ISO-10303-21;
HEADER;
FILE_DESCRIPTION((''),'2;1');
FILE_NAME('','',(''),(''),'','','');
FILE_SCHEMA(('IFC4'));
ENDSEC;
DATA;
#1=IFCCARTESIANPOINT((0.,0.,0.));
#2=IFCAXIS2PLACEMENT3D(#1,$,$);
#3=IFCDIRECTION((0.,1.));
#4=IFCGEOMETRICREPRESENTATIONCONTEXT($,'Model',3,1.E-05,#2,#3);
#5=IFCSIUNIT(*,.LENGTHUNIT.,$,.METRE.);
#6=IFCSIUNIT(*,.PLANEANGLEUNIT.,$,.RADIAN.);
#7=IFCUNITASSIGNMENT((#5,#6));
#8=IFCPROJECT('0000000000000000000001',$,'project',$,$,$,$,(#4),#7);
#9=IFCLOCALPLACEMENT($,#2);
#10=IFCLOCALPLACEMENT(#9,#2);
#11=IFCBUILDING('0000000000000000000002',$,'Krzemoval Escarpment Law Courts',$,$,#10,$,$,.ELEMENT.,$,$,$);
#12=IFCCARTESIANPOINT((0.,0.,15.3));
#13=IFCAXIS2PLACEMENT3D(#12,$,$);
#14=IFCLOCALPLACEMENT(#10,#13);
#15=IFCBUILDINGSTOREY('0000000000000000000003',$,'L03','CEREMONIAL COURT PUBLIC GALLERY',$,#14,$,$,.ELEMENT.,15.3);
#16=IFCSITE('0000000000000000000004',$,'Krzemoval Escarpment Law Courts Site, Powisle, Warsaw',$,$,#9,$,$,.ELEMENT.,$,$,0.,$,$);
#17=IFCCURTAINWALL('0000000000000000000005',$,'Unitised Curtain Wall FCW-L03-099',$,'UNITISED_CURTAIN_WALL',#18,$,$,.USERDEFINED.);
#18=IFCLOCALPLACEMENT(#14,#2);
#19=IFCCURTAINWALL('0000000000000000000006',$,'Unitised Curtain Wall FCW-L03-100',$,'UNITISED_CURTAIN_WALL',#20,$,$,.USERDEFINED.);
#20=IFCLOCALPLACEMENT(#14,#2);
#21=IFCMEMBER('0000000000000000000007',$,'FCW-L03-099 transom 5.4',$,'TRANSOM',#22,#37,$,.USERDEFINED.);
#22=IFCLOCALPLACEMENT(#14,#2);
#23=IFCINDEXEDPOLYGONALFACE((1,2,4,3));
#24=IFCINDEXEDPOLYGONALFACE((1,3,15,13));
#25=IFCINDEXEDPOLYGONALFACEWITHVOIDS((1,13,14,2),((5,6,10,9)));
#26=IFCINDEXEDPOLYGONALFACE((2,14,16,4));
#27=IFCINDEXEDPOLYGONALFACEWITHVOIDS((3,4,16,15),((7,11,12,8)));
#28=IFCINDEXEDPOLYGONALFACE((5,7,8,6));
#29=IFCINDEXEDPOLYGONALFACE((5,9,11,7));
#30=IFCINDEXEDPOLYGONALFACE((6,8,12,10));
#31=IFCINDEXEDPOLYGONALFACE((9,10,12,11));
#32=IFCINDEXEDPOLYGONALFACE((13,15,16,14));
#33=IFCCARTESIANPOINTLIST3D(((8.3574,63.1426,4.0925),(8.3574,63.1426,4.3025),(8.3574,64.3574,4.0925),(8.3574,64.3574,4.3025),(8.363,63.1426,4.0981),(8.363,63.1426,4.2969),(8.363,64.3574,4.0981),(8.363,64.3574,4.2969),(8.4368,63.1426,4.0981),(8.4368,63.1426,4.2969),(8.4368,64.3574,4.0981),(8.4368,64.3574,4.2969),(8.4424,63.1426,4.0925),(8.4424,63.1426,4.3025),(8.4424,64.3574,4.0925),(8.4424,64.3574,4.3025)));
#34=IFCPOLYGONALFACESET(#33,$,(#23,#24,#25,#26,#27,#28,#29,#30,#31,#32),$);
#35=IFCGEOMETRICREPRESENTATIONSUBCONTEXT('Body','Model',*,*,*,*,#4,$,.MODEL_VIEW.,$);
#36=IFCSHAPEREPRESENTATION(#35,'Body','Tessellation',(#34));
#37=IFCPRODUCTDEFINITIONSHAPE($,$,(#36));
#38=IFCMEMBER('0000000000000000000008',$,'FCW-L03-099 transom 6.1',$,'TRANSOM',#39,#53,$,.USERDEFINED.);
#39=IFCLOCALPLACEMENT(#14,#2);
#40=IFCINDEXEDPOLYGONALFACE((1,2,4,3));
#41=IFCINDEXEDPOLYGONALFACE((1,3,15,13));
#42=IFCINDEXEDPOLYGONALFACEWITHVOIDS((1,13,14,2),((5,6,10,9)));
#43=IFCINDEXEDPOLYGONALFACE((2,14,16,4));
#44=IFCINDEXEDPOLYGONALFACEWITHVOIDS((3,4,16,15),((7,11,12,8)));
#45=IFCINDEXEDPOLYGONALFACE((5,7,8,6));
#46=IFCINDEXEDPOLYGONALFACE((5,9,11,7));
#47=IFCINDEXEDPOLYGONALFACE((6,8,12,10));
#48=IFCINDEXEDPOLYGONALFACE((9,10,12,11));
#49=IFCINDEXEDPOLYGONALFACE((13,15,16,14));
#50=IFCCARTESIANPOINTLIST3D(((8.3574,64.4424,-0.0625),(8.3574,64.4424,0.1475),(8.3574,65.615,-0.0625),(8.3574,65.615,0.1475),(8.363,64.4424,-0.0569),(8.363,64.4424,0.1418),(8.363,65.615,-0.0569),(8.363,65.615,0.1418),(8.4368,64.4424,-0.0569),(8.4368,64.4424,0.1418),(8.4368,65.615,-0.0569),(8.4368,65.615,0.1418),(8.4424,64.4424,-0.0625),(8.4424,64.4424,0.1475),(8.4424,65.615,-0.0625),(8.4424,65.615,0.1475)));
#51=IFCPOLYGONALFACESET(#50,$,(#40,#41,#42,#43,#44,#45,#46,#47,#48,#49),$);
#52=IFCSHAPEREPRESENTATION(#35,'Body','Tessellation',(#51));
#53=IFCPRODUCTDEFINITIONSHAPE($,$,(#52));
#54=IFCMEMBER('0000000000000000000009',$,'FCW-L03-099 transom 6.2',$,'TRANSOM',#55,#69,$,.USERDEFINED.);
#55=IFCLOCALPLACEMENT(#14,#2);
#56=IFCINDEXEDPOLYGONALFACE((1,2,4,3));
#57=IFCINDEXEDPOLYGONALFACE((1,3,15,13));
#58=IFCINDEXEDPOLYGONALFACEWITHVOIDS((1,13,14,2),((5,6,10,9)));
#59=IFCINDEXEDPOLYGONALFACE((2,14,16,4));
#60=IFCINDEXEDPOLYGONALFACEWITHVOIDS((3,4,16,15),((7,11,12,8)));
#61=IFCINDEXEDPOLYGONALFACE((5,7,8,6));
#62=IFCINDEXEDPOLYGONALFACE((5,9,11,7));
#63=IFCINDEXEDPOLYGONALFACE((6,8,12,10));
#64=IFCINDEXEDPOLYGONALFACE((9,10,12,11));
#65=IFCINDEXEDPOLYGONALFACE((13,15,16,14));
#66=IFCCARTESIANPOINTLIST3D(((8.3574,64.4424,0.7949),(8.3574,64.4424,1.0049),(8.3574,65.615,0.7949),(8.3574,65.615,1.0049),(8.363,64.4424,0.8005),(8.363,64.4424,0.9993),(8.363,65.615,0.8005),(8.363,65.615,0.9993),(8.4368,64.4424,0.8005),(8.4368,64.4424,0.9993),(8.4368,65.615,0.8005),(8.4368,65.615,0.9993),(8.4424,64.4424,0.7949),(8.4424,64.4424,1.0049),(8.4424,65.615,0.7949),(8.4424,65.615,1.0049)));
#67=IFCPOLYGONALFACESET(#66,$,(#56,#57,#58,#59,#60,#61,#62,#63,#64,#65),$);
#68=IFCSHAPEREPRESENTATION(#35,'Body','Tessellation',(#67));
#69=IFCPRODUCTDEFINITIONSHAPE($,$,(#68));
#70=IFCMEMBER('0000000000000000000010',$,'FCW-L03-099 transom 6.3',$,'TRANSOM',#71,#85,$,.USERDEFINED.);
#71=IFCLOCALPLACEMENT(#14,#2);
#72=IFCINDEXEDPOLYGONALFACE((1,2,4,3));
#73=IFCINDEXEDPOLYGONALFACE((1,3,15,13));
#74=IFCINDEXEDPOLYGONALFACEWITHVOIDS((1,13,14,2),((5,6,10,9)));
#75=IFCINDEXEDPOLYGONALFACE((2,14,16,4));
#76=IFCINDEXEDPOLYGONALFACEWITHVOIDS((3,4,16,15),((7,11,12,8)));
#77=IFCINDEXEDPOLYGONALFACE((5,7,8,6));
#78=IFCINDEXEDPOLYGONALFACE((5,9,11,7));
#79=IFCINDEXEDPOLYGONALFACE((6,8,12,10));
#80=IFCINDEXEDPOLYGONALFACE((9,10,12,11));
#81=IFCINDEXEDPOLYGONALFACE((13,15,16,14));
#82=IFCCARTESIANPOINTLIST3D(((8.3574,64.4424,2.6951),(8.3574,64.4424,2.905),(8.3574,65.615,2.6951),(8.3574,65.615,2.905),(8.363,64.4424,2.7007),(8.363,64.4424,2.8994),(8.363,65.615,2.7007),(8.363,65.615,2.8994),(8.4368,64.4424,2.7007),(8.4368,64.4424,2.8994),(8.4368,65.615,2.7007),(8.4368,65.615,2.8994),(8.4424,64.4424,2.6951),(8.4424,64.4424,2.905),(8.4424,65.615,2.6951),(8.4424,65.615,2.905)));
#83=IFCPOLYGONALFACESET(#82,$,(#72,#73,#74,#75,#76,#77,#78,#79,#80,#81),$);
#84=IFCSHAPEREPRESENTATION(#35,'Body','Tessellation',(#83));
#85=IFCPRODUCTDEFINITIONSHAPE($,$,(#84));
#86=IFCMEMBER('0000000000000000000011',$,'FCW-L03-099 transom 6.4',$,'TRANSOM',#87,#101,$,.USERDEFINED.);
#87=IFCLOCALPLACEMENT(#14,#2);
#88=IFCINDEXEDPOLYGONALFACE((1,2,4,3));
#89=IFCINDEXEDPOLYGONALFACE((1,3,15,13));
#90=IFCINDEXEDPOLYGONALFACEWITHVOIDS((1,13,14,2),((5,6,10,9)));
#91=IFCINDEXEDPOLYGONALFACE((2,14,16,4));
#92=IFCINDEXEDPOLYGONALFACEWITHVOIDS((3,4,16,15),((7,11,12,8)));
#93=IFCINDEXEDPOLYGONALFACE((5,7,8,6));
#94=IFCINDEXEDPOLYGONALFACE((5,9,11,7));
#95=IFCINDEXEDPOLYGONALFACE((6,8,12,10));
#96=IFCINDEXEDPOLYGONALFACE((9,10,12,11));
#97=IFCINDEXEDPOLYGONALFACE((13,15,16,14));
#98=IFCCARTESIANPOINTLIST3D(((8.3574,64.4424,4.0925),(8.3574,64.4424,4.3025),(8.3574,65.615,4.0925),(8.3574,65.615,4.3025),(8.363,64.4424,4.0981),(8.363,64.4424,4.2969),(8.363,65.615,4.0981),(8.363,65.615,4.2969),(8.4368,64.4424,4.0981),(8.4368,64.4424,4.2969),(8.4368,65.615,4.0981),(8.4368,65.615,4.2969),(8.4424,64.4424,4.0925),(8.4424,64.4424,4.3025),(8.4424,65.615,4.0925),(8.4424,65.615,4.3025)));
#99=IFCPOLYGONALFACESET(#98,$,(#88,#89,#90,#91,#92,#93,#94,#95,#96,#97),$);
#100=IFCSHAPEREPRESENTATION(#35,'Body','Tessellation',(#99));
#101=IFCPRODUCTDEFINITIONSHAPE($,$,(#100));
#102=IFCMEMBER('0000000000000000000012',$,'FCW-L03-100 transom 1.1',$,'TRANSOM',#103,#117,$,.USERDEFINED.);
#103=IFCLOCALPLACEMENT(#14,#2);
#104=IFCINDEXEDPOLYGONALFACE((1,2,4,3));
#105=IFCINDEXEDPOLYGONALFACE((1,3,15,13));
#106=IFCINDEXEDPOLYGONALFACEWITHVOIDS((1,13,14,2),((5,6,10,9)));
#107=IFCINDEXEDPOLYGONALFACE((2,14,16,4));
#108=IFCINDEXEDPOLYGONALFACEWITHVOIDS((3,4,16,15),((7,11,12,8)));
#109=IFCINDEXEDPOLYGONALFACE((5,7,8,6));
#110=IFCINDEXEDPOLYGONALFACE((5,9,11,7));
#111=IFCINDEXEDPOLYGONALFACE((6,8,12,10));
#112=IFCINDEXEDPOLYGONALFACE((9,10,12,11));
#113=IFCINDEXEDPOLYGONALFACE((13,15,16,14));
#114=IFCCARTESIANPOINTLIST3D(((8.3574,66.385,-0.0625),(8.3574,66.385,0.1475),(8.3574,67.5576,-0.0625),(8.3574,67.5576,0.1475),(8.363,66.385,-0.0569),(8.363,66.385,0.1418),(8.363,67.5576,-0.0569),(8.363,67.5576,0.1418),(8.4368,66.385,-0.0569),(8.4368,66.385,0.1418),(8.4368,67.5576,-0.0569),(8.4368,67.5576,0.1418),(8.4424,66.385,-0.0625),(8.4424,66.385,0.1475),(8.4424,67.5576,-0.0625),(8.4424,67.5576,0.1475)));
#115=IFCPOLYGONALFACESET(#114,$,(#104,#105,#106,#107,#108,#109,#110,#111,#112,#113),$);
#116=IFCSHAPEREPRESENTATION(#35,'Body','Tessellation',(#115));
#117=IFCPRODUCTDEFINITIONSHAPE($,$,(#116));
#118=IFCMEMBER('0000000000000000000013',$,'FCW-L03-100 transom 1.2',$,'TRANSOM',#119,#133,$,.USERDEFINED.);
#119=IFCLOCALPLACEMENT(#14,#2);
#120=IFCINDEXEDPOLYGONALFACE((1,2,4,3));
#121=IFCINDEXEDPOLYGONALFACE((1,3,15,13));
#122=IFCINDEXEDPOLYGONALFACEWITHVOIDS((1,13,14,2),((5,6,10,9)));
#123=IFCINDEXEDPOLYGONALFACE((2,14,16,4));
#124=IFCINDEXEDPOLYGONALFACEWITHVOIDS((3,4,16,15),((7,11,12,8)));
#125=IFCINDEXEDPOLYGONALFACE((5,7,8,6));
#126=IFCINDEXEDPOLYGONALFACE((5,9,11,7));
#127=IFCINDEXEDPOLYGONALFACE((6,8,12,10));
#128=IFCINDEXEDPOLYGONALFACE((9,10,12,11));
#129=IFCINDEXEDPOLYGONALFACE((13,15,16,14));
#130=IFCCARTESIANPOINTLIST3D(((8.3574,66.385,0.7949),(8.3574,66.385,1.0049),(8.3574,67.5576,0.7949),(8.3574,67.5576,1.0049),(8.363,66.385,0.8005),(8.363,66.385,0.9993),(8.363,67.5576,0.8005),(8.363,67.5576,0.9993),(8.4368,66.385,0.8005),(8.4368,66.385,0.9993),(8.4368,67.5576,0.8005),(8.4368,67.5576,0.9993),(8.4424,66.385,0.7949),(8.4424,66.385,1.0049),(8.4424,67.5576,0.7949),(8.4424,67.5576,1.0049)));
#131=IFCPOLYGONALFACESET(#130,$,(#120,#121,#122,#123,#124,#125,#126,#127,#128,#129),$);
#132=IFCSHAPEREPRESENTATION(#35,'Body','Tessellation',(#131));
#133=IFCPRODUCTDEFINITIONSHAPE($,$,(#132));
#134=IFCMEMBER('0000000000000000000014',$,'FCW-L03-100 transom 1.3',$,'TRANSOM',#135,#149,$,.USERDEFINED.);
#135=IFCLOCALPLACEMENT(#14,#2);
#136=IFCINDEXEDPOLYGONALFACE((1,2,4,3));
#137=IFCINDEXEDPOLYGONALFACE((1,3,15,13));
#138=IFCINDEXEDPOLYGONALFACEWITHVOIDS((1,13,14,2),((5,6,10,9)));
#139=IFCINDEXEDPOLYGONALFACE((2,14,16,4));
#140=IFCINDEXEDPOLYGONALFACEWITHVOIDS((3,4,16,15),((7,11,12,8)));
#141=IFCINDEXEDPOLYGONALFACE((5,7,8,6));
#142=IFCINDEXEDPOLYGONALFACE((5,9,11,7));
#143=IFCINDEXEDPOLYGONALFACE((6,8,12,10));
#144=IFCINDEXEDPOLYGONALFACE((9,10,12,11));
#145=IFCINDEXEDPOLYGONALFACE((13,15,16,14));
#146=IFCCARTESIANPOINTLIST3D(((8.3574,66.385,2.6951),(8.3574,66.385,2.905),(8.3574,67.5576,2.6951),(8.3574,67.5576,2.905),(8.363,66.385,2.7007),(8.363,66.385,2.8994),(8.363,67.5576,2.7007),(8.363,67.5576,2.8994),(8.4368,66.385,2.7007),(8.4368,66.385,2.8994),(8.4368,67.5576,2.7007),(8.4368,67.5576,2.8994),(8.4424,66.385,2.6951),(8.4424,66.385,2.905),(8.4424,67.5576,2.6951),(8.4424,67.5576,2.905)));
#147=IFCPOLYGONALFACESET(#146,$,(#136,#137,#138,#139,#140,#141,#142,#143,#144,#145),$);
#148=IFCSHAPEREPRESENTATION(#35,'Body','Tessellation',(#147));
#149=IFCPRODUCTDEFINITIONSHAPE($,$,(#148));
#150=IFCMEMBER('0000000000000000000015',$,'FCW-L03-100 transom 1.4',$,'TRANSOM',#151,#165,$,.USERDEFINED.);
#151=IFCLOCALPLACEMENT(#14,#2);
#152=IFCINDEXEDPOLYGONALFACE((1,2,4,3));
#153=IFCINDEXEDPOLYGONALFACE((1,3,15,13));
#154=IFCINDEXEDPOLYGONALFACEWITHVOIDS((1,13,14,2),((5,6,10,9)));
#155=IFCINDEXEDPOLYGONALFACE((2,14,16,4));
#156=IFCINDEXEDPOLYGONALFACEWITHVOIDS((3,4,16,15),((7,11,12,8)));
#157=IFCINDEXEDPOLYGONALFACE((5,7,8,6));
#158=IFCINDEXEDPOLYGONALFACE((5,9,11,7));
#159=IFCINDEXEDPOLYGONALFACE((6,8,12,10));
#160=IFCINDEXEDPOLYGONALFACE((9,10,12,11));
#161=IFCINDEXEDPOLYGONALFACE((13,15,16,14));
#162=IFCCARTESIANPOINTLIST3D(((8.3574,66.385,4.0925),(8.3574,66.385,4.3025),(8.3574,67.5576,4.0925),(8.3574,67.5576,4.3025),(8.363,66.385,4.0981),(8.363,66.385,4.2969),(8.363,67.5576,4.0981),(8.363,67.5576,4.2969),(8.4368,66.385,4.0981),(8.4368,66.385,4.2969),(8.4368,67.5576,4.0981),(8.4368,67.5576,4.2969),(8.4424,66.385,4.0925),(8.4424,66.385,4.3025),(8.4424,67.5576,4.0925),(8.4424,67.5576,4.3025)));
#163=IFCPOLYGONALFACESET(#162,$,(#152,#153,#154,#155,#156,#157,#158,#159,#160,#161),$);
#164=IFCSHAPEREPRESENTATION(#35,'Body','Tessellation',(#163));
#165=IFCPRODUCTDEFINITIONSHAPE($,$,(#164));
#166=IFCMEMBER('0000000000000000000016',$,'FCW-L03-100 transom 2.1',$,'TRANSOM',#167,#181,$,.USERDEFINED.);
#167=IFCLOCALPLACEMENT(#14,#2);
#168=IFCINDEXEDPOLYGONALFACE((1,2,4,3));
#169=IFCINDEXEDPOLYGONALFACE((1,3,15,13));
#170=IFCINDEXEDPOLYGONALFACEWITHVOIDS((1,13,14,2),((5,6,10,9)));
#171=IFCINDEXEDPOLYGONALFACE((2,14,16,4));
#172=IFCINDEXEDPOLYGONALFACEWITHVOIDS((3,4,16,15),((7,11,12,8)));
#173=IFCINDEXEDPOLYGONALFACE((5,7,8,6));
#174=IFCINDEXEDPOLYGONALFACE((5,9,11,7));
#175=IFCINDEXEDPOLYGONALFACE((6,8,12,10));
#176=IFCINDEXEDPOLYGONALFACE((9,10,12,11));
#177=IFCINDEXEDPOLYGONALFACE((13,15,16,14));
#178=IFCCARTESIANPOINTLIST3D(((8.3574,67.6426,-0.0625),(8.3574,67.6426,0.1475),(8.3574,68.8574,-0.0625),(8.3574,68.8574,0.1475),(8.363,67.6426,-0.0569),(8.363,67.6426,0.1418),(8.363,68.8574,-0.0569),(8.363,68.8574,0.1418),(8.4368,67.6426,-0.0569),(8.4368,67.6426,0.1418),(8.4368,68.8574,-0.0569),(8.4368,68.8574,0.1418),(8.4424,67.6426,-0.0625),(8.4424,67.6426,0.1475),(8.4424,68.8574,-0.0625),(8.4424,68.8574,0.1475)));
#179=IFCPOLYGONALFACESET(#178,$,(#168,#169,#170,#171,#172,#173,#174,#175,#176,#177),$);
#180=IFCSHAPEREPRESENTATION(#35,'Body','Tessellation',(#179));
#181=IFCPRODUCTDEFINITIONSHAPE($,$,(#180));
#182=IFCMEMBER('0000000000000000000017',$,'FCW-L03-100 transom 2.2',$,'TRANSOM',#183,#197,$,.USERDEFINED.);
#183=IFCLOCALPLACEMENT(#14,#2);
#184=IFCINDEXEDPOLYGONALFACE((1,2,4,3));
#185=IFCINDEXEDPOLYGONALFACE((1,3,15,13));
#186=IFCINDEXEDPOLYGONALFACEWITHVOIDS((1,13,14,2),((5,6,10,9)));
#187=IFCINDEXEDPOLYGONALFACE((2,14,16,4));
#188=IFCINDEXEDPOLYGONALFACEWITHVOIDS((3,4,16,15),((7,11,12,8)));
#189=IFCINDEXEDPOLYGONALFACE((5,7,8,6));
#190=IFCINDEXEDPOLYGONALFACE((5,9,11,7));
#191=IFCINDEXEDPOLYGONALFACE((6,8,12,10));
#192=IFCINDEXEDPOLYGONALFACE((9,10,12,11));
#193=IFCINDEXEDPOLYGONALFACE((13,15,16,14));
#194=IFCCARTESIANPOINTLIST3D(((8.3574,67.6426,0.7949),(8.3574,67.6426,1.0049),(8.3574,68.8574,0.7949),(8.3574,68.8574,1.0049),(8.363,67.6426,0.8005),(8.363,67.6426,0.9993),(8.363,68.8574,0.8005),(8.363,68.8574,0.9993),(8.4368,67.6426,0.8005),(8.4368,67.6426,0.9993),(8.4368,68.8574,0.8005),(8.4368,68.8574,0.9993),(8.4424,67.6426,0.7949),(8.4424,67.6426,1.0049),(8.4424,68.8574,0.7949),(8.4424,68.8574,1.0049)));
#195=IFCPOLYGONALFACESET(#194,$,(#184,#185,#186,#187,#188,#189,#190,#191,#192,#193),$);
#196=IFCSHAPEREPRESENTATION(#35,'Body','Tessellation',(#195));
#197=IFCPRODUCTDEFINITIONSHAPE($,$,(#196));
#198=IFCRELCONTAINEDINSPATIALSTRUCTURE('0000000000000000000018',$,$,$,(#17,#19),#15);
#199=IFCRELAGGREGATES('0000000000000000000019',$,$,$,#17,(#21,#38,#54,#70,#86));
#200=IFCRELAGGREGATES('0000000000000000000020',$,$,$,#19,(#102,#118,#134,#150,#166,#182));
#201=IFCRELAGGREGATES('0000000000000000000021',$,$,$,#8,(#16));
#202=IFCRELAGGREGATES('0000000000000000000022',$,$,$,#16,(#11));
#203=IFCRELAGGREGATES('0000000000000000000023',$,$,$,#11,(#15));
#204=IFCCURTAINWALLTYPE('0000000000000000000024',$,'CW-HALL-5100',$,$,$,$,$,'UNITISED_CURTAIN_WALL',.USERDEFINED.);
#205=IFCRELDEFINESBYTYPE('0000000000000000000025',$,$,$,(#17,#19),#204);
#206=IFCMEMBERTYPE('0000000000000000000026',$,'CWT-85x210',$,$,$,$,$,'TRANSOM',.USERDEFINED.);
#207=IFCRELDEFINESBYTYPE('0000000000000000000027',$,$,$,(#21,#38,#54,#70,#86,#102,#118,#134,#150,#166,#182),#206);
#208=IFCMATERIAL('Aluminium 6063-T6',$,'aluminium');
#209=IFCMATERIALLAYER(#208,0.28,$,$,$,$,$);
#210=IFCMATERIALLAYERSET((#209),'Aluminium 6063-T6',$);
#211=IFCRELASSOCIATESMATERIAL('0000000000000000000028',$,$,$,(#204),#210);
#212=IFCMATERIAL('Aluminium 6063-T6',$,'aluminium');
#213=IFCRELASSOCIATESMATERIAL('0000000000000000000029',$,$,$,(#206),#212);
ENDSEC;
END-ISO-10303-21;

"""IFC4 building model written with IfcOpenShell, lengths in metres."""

from ifc_helpers import new_model, si_unit, direction, frame, origin, origin_2d, place, context, subcontext, project, spatial, hollow_rectangle, extrude, material, layer, layer_set, material_profile, profile_set, type_object, element, aggregate, save


model = new_model("IFC4")

# Units and contexts
model_context = context("Model", 3, precision=1e-05, world=origin(), true_north=direction((0.0, 1.0)))
body_context = subcontext(model_context, "Body", "Model", "MODEL_VIEW")
ifc_project = project(units=[si_unit("LENGTHUNIT", "METRE"), si_unit("PLANEANGLEUNIT", "RADIAN")], contexts=[model_context])

# Site, building, storey
site_placement = place(None, origin())
site = spatial("IfcSite", under=ifc_project, at=site_placement, Name="Krzemoval Escarpment Law Courts Site, Powisle, Warsaw", CompositionType="ELEMENT", RefElevation=0.0)
building_placement = place(site_placement, origin())
building = spatial("IfcBuilding", under=site, at=building_placement, Name="Krzemoval Escarpment Law Courts", CompositionType="ELEMENT")
storey_placement = place(building_placement, frame((0.0, 0.0, 15.3)))
storey = spatial("IfcBuildingStorey", under=building, at=storey_placement, Name="L03", Description="CEREMONIAL COURT PUBLIC GALLERY", CompositionType="ELEMENT", Elevation=15.3)

# Curtain walls
ifc_material_1 = material(Name="Aluminium 6063-T6", Category="aluminium")
ifc_layer_1 = layer(ifc_material_1, 0.28)
ifc_layer_set_1 = layer_set([ifc_layer_1], Name="Aluminium 6063-T6")
curtain_wall_type = type_object("IfcCurtainWallType", Name="CW-HALL-5100", ElementType="UNITISED_CURTAIN_WALL", PredefinedType="USERDEFINED", material=ifc_layer_set_1)
curtain_wall_1_placement = place(storey_placement, origin())
curtain_wall_1 = element("IfcCurtainWall", 1, at=curtain_wall_1_placement, inside=storey, type_object=curtain_wall_type, Name="Unitised Curtain Wall FCW-L03-099", ObjectType="UNITISED_CURTAIN_WALL", PredefinedType="USERDEFINED")
curtain_wall_2_placement = place(storey_placement, origin())
curtain_wall_2 = element("IfcCurtainWall", 2, at=curtain_wall_2_placement, inside=storey, type_object=curtain_wall_type, Name="Unitised Curtain Wall FCW-L03-100", ObjectType="UNITISED_CURTAIN_WALL", PredefinedType="USERDEFINED")

# Members
ifc_material_2 = material(Name="Aluminium 6063-T6", Category="aluminium")
ifc_material_profile_1 = material_profile(ifc_material_2, hollow_rectangle(XDim=0.085, YDim=0.21, WallThickness=0.0056, at=origin_2d()), Name="ALU T85x210")
ifc_profile_set_1 = profile_set([ifc_material_profile_1], Name="Aluminium 6063-T6")
member_type_1 = type_object("IfcMemberType", Name="CWT-85x210", ElementType="TRANSOM", PredefinedType="USERDEFINED", material=ifc_profile_set_1)
member_1_placement = place(storey_placement, frame((8.3999, 63.1426, 4.1975), z_axis=(0.0, 1.0, 0.0), x_axis=(-1.0, 0.0, 0.0)))
member_1 = element("IfcMember", 3, at=member_1_placement, type_object=member_type_1, Name="FCW-L03-099 transom 5.4", ObjectType="TRANSOM", PredefinedType="USERDEFINED", context=body_context, shape_type="SweptSolid", body=[
    extrude(hollow_rectangle(XDim=0.085, YDim=0.21, WallThickness=0.0056, at=origin_2d()), origin(), (0.0, 0.0, 1.0), 1.2148),
])
member_2_placement = place(storey_placement, frame((8.3999, 64.4424, 0.0425), z_axis=(0.0, 1.0, 0.0), x_axis=(-1.0, 0.0, 0.0)))
member_2 = element("IfcMember", 4, at=member_2_placement, type_object=member_type_1, Name="FCW-L03-099 transom 6.1", ObjectType="TRANSOM", PredefinedType="USERDEFINED", context=body_context, shape_type="SweptSolid", body=[
    extrude(hollow_rectangle(XDim=0.085, YDim=0.21, WallThickness=0.0056, at=origin_2d()), origin(), (0.0, 0.0, 1.0), 1.1726),
])
member_3_placement = place(storey_placement, frame((8.3999, 64.4424, 0.8999), z_axis=(0.0, 1.0, 0.0), x_axis=(-1.0, 0.0, 0.0)))
member_3 = element("IfcMember", 5, at=member_3_placement, type_object=member_type_1, Name="FCW-L03-099 transom 6.2", ObjectType="TRANSOM", PredefinedType="USERDEFINED", context=body_context, shape_type="SweptSolid", body=[
    extrude(hollow_rectangle(XDim=0.085, YDim=0.21, WallThickness=0.0056, at=origin_2d()), origin(), (0.0, 0.0, 1.0), 1.1726),
])
member_4_placement = place(storey_placement, frame((8.3999, 64.4424, 2.8), z_axis=(0.0, 1.0, 0.0), x_axis=(-1.0, 0.0, 0.0)))
member_4 = element("IfcMember", 6, at=member_4_placement, type_object=member_type_1, Name="FCW-L03-099 transom 6.3", ObjectType="TRANSOM", PredefinedType="USERDEFINED", context=body_context, shape_type="SweptSolid", body=[
    extrude(hollow_rectangle(XDim=0.085, YDim=0.21, WallThickness=0.0056, at=origin_2d()), origin(), (0.0, 0.0, 1.0), 1.1726),
])
member_5_placement = place(storey_placement, frame((8.3999, 64.4424, 4.1975), z_axis=(0.0, 1.0, 0.0), x_axis=(-1.0, 0.0, 0.0)))
member_5 = element("IfcMember", 7, at=member_5_placement, type_object=member_type_1, Name="FCW-L03-099 transom 6.4", ObjectType="TRANSOM", PredefinedType="USERDEFINED", context=body_context, shape_type="SweptSolid", body=[
    extrude(hollow_rectangle(XDim=0.085, YDim=0.21, WallThickness=0.0056, at=origin_2d()), origin(), (0.0, 0.0, 1.0), 1.1726),
])
member_6_placement = place(storey_placement, frame((8.3999, 66.385, 0.0425), z_axis=(0.0, 1.0, 0.0), x_axis=(-1.0, 0.0, 0.0)))
member_6 = element("IfcMember", 8, at=member_6_placement, type_object=member_type_1, Name="FCW-L03-100 transom 1.1", ObjectType="TRANSOM", PredefinedType="USERDEFINED", context=body_context, shape_type="SweptSolid", body=[
    extrude(hollow_rectangle(XDim=0.085, YDim=0.21, WallThickness=0.0056, at=origin_2d()), origin(), (0.0, 0.0, 1.0), 1.1726),
])
member_7_placement = place(storey_placement, frame((8.3999, 66.385, 0.8999), z_axis=(0.0, 1.0, 0.0), x_axis=(-1.0, 0.0, 0.0)))
member_7 = element("IfcMember", 9, at=member_7_placement, type_object=member_type_1, Name="FCW-L03-100 transom 1.2", ObjectType="TRANSOM", PredefinedType="USERDEFINED", context=body_context, shape_type="SweptSolid", body=[
    extrude(hollow_rectangle(XDim=0.085, YDim=0.21, WallThickness=0.0056, at=origin_2d()), origin(), (0.0, 0.0, 1.0), 1.1726),
])
member_8_placement = place(storey_placement, frame((8.3999, 66.385, 2.8), z_axis=(0.0, 1.0, 0.0), x_axis=(-1.0, 0.0, 0.0)))
member_8 = element("IfcMember", 10, at=member_8_placement, type_object=member_type_1, Name="FCW-L03-100 transom 1.3", ObjectType="TRANSOM", PredefinedType="USERDEFINED", context=body_context, shape_type="SweptSolid", body=[
    extrude(hollow_rectangle(XDim=0.085, YDim=0.21, WallThickness=0.0056, at=origin_2d()), origin(), (0.0, 0.0, 1.0), 1.1726),
])
member_9_placement = place(storey_placement, frame((8.3999, 66.385, 4.1975), z_axis=(0.0, 1.0, 0.0), x_axis=(-1.0, 0.0, 0.0)))
member_9 = element("IfcMember", 11, at=member_9_placement, type_object=member_type_1, Name="FCW-L03-100 transom 1.4", ObjectType="TRANSOM", PredefinedType="USERDEFINED", context=body_context, shape_type="SweptSolid", body=[
    extrude(hollow_rectangle(XDim=0.085, YDim=0.21, WallThickness=0.0056, at=origin_2d()), origin(), (0.0, 0.0, 1.0), 1.1726),
])
member_10_placement = place(storey_placement, frame((8.3999, 67.6426, 0.0425), z_axis=(0.0, 1.0, 0.0), x_axis=(-1.0, 0.0, 0.0)))
member_10 = element("IfcMember", 12, at=member_10_placement, type_object=member_type_1, Name="FCW-L03-100 transom 2.1", ObjectType="TRANSOM", PredefinedType="USERDEFINED", context=body_context, shape_type="SweptSolid", body=[
    extrude(hollow_rectangle(XDim=0.085, YDim=0.21, WallThickness=0.0056, at=origin_2d()), origin(), (0.0, 0.0, 1.0), 1.2148),
])
member_11_placement = place(storey_placement, frame((8.3999, 67.6426, 0.8999), z_axis=(0.0, 1.0, 0.0), x_axis=(-1.0, 0.0, 0.0)))
member_11 = element("IfcMember", 13, at=member_11_placement, type_object=member_type_1, Name="FCW-L03-100 transom 2.2", ObjectType="TRANSOM", PredefinedType="USERDEFINED", context=body_context, shape_type="SweptSolid", body=[
    extrude(hollow_rectangle(XDim=0.085, YDim=0.21, WallThickness=0.0056, at=origin_2d()), origin(), (0.0, 0.0, 1.0), 1.2148),
])

aggregate(curtain_wall_1, [member_1, member_2, member_3, member_4, member_5])
aggregate(curtain_wall_2, [member_6, member_7, member_8, member_9, member_10, member_11])

save(model, "model.ifc")
